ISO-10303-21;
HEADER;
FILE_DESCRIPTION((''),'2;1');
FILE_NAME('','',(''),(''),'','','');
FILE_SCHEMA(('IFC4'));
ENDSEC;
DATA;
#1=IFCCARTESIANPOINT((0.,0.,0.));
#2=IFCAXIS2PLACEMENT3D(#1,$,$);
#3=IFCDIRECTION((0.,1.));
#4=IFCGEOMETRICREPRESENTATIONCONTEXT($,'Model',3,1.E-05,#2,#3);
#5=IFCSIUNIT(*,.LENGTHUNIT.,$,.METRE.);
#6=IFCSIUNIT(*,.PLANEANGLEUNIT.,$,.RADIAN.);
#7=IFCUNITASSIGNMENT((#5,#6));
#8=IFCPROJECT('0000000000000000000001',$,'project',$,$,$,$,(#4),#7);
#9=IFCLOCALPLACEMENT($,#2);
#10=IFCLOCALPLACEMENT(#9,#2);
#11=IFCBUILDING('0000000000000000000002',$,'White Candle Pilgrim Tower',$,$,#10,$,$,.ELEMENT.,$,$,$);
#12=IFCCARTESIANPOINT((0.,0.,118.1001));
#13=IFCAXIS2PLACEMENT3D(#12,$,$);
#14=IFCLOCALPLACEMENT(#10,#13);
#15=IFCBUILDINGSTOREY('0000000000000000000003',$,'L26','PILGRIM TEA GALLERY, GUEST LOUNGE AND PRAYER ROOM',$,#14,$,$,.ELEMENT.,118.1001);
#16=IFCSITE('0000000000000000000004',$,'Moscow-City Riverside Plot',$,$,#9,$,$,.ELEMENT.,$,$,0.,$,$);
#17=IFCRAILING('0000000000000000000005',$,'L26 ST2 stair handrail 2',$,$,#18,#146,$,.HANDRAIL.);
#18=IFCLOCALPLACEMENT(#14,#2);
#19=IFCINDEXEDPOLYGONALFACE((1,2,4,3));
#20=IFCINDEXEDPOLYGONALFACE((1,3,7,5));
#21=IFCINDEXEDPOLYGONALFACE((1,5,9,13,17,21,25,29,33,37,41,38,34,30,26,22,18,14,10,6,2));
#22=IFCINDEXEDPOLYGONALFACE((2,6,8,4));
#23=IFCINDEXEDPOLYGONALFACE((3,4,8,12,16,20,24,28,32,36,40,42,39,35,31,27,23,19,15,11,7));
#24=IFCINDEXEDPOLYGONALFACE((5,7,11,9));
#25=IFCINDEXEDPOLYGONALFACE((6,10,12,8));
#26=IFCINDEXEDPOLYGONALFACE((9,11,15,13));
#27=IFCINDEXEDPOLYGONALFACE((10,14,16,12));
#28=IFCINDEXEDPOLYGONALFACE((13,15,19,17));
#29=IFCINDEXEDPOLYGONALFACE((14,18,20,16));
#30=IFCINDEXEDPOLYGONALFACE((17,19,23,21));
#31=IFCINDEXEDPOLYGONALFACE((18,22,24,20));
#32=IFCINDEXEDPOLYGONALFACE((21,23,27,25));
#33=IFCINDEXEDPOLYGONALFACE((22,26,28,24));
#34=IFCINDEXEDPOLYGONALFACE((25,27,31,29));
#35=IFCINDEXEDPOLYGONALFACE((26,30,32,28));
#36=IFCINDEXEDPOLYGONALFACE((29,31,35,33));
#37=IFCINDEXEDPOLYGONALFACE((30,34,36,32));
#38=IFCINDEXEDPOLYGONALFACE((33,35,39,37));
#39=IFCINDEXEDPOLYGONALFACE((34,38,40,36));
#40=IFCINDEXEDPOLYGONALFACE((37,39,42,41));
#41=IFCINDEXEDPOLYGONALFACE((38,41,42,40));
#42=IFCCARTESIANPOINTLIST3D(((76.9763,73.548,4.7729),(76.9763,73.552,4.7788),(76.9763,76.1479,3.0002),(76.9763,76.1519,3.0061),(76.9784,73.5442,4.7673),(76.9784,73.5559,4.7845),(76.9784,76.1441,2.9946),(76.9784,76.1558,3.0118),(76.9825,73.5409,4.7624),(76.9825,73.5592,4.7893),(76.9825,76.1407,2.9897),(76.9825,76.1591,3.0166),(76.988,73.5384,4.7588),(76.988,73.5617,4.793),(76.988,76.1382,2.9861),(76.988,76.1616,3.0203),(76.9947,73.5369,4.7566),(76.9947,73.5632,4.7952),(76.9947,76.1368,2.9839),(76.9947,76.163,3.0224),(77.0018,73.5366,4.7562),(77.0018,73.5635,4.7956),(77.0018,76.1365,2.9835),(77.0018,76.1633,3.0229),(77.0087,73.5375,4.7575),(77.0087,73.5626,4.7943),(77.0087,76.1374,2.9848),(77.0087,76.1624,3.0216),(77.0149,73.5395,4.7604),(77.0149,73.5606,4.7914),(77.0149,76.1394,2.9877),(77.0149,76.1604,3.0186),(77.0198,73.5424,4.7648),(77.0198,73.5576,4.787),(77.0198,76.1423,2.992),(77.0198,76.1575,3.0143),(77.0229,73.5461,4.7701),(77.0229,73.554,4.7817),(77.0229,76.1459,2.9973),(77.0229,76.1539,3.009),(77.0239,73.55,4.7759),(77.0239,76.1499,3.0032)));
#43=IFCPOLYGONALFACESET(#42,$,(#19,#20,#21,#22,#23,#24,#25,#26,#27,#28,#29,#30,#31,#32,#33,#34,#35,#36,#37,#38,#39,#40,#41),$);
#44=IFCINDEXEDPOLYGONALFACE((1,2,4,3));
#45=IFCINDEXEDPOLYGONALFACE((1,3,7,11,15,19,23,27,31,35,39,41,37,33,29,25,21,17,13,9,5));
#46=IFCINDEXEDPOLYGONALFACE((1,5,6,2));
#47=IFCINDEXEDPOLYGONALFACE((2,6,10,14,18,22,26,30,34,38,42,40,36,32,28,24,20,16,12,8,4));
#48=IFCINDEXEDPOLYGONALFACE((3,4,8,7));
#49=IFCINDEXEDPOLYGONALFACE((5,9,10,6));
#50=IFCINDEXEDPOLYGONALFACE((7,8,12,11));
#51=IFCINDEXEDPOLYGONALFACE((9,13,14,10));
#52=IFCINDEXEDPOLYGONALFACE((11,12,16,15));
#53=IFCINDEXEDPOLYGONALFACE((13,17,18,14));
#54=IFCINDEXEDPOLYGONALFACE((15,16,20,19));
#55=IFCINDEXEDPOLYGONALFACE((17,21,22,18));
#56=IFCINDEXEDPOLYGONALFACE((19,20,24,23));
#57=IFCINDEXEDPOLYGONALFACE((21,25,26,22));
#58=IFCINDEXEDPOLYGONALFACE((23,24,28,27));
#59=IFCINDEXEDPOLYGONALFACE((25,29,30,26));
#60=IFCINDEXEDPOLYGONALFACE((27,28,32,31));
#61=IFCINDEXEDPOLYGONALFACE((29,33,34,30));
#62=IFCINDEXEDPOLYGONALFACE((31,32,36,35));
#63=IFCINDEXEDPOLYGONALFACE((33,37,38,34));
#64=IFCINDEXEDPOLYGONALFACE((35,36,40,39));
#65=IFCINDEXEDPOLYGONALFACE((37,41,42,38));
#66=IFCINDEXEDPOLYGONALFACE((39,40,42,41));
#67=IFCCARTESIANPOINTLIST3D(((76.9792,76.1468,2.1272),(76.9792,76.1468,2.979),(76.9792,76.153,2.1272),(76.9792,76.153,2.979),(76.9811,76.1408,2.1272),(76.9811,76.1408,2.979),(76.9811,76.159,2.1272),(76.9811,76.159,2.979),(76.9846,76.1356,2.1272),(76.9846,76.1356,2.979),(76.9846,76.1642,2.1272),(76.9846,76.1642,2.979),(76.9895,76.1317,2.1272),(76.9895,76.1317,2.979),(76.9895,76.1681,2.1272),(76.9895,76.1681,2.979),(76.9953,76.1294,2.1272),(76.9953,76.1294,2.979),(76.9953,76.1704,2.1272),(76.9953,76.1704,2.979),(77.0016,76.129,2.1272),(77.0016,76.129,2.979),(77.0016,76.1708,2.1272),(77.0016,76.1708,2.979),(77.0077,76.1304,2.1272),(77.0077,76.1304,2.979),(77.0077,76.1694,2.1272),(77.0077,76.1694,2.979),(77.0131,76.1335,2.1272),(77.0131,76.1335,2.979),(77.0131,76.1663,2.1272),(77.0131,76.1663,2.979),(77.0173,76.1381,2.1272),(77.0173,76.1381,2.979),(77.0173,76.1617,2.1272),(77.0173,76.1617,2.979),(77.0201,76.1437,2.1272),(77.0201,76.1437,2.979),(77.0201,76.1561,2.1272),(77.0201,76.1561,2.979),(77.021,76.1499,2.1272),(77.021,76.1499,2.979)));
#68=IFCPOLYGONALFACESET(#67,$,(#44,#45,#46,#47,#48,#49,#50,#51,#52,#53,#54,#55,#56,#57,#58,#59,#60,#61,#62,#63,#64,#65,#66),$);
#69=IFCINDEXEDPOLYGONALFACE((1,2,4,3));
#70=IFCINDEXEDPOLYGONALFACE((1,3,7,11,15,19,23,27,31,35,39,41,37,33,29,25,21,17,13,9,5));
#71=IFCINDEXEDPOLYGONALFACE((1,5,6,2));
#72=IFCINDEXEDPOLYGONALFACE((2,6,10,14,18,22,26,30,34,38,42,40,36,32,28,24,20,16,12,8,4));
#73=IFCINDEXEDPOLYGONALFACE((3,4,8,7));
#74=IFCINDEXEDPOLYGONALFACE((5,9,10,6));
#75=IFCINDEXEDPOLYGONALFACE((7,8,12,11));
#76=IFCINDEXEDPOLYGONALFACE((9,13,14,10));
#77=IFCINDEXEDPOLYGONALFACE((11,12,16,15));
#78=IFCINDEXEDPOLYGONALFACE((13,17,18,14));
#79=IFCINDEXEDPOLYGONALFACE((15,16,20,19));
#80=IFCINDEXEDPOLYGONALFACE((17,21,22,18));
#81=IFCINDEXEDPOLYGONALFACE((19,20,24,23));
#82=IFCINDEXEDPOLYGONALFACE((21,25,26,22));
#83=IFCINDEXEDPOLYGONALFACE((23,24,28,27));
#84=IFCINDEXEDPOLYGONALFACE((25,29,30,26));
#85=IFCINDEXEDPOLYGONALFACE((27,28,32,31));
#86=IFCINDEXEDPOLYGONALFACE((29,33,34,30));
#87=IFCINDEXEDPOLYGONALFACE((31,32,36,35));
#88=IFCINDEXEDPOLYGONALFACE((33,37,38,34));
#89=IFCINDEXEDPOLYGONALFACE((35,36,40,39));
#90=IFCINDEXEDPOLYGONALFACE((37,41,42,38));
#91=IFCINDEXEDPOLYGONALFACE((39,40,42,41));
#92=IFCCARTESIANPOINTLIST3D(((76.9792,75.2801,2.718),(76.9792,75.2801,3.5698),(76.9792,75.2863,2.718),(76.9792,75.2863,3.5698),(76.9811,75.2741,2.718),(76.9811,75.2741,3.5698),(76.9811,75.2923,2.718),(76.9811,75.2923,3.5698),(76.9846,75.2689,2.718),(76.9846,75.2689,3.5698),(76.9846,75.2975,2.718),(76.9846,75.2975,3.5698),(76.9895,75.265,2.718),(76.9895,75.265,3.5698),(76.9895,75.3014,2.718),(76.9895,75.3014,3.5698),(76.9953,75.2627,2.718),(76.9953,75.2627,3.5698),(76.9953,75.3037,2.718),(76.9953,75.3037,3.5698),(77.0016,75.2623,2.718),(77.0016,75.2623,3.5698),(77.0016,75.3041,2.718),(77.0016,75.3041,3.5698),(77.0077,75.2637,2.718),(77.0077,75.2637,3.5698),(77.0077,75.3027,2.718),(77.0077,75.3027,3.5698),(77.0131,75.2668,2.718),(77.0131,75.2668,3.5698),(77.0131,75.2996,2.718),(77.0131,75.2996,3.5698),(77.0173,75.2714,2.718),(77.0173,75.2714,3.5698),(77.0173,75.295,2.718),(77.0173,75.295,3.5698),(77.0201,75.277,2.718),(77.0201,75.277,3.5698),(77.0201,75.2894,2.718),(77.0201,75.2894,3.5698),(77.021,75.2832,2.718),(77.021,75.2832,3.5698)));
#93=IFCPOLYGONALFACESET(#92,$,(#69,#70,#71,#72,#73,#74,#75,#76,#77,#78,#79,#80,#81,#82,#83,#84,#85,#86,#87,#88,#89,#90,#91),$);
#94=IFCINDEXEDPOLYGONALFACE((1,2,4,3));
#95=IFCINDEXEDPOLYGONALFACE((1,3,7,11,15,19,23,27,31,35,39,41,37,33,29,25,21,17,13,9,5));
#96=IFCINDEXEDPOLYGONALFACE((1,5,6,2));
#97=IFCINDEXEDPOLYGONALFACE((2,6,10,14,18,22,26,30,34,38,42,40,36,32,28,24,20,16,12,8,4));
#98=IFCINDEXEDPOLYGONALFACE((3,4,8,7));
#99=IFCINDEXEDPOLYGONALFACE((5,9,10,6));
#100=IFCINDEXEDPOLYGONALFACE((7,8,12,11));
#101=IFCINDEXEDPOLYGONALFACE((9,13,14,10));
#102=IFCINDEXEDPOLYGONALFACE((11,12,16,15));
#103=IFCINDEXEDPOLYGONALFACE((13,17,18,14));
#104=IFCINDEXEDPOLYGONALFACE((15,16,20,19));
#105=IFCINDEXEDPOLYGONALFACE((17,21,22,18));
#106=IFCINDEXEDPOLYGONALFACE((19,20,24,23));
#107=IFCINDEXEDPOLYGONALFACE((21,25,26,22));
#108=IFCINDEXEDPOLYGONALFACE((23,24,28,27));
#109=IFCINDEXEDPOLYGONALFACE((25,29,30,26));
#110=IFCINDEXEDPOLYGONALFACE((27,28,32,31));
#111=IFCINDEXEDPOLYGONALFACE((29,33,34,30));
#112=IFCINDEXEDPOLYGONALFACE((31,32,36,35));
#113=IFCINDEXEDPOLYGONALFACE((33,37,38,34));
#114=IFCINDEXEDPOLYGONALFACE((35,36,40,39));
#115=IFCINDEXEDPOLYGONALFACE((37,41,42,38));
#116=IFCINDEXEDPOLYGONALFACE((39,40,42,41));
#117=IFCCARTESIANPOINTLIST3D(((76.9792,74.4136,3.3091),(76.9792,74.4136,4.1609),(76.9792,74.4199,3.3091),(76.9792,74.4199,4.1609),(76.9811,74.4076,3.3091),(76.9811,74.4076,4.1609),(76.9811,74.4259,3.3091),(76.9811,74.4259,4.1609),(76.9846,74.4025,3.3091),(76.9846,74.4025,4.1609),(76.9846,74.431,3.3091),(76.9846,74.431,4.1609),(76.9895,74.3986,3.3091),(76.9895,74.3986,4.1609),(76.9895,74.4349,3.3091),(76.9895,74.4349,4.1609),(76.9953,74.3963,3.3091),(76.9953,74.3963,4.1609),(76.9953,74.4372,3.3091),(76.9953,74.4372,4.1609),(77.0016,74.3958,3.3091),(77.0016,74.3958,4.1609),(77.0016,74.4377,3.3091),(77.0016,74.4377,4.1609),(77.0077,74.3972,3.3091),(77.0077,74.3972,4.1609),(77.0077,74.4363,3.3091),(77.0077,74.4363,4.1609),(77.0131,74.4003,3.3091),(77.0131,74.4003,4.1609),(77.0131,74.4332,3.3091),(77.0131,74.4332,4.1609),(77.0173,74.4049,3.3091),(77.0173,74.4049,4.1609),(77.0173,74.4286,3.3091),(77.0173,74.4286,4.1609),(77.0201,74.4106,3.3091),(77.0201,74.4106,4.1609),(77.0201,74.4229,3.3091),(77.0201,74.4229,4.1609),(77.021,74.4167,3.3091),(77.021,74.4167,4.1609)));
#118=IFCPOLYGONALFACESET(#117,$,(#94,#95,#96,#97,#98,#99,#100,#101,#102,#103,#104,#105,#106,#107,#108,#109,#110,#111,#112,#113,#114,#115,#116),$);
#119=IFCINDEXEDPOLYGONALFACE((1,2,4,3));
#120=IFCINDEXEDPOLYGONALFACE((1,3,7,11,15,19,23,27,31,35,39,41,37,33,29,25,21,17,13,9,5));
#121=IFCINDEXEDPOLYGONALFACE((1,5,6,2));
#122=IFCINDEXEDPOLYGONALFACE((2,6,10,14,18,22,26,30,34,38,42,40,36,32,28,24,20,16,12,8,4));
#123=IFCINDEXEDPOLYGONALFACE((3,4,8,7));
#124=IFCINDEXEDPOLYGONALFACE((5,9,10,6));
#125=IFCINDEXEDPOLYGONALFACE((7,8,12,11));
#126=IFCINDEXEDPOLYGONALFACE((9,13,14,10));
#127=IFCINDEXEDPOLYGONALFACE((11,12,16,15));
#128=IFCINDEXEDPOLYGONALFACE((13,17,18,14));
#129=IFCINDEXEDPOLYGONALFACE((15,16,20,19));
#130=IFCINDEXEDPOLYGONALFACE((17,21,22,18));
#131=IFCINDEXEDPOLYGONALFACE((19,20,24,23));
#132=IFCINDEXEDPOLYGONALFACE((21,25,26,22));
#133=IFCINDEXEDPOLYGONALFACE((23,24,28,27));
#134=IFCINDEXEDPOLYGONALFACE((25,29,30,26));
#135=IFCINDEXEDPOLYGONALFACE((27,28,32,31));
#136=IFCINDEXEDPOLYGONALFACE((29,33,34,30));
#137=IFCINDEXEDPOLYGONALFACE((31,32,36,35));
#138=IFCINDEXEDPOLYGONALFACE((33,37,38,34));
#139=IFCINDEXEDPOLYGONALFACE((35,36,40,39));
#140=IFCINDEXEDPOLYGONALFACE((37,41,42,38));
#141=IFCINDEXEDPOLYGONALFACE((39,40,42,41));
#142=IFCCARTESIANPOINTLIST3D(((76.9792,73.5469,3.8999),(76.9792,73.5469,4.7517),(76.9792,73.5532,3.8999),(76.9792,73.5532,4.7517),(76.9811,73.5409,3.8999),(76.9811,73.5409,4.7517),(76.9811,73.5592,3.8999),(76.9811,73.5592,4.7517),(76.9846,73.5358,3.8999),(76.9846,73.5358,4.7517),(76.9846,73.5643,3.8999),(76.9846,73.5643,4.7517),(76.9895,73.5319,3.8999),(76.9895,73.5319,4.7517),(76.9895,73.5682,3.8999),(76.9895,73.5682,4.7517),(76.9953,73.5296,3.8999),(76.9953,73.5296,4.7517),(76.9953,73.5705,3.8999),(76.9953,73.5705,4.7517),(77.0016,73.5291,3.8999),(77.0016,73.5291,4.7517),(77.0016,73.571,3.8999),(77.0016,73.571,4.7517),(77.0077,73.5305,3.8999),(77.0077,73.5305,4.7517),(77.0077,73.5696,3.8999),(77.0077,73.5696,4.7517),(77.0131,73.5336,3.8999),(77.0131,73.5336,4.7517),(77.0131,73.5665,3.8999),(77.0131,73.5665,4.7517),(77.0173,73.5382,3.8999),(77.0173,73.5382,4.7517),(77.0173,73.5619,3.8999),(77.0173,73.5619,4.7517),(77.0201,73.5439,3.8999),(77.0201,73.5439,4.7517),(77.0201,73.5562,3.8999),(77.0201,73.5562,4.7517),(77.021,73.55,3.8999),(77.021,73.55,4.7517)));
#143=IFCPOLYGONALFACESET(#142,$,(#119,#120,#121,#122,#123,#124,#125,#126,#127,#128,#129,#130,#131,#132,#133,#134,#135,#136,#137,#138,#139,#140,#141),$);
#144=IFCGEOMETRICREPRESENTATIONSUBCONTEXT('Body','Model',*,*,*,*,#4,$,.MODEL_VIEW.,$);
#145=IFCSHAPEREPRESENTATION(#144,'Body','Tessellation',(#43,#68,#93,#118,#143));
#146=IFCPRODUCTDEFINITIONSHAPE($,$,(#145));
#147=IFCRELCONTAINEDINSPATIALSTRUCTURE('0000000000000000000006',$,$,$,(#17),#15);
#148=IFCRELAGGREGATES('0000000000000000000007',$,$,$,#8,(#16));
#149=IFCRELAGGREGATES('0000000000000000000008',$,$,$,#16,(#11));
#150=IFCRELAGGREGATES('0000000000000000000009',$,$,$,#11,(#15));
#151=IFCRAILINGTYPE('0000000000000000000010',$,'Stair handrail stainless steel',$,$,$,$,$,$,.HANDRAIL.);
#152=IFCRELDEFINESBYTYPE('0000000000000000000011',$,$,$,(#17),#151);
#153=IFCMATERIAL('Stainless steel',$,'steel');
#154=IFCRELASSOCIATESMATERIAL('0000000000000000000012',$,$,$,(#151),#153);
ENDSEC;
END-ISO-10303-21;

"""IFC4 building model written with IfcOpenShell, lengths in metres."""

from ifc_helpers import new_model, si_unit, direction, frame, origin, origin_2d, place, context, subcontext, project, spatial, circle, extrude, material, type_object, element, save


model = new_model("IFC4")

# Units and contexts
model_context = context("Model", 3, precision=1e-05, world=origin(), true_north=direction((0.0, 1.0)))
body_context = subcontext(model_context, "Body", "Model", "MODEL_VIEW")
ifc_project = project(units=[si_unit("LENGTHUNIT", "METRE"), si_unit("PLANEANGLEUNIT", "RADIAN")], contexts=[model_context])

# Site, building, storey
site_placement = place(None, origin())
site = spatial("IfcSite", under=ifc_project, at=site_placement, Name="Moscow-City Riverside Plot", CompositionType="ELEMENT", RefElevation=0.0)
building_placement = place(site_placement, origin())
building = spatial("IfcBuilding", under=site, at=building_placement, Name="White Candle Pilgrim Tower", CompositionType="ELEMENT")
storey_placement = place(building_placement, frame((0.0, 0.0, 118.1001)))
storey = spatial("IfcBuildingStorey", under=building, at=storey_placement, Name="L26", Description="PILGRIM TEA GALLERY, GUEST LOUNGE AND PRAYER ROOM", CompositionType="ELEMENT", Elevation=118.1001)

# Railing
ifc_material_1 = material(Name="Stainless steel", Category="steel")
railing_type_1 = type_object("IfcRailingType", Name="Stair handrail stainless steel", PredefinedType="HANDRAIL", material=ifc_material_1)
railing_1_placement = place(storey_placement, frame((77.0, 76.1499, 2.1272)))
element("IfcRailing", 1, at=railing_1_placement, inside=storey, type_object=railing_type_1, Name="L26 ST2 stair handrail 2", PredefinedType="HANDRAIL", context=body_context, shape_type="SweptSolid", body=[
    extrude(circle(Radius=0.0239, at=origin_2d()), frame((0.0, 0.0, 0.876), z_axis=(0.0, -0.826216, 0.563354), x_axis=(1.0, 0.0, 0.0)), (0.0, 0.0, 1.0), 3.1467),
    extrude(circle(Radius=0.021, at=origin_2d()), origin(), (0.0, 0.0, 1.0), 0.8518),
    extrude(circle(Radius=0.021, at=origin_2d()), frame((0.0, -0.8667, 0.5908)), (0.0, 0.0, 1.0), 0.8518),
    extrude(circle(Radius=0.021, at=origin_2d()), frame((0.0, -1.7332, 1.1819)), (0.0, 0.0, 1.0), 0.8518),
    extrude(circle(Radius=0.021, at=origin_2d()), frame((0.0, -2.5999, 1.7727)), (0.0, 0.0, 1.0), 0.8518),
])

save(model, "model.ifc")
